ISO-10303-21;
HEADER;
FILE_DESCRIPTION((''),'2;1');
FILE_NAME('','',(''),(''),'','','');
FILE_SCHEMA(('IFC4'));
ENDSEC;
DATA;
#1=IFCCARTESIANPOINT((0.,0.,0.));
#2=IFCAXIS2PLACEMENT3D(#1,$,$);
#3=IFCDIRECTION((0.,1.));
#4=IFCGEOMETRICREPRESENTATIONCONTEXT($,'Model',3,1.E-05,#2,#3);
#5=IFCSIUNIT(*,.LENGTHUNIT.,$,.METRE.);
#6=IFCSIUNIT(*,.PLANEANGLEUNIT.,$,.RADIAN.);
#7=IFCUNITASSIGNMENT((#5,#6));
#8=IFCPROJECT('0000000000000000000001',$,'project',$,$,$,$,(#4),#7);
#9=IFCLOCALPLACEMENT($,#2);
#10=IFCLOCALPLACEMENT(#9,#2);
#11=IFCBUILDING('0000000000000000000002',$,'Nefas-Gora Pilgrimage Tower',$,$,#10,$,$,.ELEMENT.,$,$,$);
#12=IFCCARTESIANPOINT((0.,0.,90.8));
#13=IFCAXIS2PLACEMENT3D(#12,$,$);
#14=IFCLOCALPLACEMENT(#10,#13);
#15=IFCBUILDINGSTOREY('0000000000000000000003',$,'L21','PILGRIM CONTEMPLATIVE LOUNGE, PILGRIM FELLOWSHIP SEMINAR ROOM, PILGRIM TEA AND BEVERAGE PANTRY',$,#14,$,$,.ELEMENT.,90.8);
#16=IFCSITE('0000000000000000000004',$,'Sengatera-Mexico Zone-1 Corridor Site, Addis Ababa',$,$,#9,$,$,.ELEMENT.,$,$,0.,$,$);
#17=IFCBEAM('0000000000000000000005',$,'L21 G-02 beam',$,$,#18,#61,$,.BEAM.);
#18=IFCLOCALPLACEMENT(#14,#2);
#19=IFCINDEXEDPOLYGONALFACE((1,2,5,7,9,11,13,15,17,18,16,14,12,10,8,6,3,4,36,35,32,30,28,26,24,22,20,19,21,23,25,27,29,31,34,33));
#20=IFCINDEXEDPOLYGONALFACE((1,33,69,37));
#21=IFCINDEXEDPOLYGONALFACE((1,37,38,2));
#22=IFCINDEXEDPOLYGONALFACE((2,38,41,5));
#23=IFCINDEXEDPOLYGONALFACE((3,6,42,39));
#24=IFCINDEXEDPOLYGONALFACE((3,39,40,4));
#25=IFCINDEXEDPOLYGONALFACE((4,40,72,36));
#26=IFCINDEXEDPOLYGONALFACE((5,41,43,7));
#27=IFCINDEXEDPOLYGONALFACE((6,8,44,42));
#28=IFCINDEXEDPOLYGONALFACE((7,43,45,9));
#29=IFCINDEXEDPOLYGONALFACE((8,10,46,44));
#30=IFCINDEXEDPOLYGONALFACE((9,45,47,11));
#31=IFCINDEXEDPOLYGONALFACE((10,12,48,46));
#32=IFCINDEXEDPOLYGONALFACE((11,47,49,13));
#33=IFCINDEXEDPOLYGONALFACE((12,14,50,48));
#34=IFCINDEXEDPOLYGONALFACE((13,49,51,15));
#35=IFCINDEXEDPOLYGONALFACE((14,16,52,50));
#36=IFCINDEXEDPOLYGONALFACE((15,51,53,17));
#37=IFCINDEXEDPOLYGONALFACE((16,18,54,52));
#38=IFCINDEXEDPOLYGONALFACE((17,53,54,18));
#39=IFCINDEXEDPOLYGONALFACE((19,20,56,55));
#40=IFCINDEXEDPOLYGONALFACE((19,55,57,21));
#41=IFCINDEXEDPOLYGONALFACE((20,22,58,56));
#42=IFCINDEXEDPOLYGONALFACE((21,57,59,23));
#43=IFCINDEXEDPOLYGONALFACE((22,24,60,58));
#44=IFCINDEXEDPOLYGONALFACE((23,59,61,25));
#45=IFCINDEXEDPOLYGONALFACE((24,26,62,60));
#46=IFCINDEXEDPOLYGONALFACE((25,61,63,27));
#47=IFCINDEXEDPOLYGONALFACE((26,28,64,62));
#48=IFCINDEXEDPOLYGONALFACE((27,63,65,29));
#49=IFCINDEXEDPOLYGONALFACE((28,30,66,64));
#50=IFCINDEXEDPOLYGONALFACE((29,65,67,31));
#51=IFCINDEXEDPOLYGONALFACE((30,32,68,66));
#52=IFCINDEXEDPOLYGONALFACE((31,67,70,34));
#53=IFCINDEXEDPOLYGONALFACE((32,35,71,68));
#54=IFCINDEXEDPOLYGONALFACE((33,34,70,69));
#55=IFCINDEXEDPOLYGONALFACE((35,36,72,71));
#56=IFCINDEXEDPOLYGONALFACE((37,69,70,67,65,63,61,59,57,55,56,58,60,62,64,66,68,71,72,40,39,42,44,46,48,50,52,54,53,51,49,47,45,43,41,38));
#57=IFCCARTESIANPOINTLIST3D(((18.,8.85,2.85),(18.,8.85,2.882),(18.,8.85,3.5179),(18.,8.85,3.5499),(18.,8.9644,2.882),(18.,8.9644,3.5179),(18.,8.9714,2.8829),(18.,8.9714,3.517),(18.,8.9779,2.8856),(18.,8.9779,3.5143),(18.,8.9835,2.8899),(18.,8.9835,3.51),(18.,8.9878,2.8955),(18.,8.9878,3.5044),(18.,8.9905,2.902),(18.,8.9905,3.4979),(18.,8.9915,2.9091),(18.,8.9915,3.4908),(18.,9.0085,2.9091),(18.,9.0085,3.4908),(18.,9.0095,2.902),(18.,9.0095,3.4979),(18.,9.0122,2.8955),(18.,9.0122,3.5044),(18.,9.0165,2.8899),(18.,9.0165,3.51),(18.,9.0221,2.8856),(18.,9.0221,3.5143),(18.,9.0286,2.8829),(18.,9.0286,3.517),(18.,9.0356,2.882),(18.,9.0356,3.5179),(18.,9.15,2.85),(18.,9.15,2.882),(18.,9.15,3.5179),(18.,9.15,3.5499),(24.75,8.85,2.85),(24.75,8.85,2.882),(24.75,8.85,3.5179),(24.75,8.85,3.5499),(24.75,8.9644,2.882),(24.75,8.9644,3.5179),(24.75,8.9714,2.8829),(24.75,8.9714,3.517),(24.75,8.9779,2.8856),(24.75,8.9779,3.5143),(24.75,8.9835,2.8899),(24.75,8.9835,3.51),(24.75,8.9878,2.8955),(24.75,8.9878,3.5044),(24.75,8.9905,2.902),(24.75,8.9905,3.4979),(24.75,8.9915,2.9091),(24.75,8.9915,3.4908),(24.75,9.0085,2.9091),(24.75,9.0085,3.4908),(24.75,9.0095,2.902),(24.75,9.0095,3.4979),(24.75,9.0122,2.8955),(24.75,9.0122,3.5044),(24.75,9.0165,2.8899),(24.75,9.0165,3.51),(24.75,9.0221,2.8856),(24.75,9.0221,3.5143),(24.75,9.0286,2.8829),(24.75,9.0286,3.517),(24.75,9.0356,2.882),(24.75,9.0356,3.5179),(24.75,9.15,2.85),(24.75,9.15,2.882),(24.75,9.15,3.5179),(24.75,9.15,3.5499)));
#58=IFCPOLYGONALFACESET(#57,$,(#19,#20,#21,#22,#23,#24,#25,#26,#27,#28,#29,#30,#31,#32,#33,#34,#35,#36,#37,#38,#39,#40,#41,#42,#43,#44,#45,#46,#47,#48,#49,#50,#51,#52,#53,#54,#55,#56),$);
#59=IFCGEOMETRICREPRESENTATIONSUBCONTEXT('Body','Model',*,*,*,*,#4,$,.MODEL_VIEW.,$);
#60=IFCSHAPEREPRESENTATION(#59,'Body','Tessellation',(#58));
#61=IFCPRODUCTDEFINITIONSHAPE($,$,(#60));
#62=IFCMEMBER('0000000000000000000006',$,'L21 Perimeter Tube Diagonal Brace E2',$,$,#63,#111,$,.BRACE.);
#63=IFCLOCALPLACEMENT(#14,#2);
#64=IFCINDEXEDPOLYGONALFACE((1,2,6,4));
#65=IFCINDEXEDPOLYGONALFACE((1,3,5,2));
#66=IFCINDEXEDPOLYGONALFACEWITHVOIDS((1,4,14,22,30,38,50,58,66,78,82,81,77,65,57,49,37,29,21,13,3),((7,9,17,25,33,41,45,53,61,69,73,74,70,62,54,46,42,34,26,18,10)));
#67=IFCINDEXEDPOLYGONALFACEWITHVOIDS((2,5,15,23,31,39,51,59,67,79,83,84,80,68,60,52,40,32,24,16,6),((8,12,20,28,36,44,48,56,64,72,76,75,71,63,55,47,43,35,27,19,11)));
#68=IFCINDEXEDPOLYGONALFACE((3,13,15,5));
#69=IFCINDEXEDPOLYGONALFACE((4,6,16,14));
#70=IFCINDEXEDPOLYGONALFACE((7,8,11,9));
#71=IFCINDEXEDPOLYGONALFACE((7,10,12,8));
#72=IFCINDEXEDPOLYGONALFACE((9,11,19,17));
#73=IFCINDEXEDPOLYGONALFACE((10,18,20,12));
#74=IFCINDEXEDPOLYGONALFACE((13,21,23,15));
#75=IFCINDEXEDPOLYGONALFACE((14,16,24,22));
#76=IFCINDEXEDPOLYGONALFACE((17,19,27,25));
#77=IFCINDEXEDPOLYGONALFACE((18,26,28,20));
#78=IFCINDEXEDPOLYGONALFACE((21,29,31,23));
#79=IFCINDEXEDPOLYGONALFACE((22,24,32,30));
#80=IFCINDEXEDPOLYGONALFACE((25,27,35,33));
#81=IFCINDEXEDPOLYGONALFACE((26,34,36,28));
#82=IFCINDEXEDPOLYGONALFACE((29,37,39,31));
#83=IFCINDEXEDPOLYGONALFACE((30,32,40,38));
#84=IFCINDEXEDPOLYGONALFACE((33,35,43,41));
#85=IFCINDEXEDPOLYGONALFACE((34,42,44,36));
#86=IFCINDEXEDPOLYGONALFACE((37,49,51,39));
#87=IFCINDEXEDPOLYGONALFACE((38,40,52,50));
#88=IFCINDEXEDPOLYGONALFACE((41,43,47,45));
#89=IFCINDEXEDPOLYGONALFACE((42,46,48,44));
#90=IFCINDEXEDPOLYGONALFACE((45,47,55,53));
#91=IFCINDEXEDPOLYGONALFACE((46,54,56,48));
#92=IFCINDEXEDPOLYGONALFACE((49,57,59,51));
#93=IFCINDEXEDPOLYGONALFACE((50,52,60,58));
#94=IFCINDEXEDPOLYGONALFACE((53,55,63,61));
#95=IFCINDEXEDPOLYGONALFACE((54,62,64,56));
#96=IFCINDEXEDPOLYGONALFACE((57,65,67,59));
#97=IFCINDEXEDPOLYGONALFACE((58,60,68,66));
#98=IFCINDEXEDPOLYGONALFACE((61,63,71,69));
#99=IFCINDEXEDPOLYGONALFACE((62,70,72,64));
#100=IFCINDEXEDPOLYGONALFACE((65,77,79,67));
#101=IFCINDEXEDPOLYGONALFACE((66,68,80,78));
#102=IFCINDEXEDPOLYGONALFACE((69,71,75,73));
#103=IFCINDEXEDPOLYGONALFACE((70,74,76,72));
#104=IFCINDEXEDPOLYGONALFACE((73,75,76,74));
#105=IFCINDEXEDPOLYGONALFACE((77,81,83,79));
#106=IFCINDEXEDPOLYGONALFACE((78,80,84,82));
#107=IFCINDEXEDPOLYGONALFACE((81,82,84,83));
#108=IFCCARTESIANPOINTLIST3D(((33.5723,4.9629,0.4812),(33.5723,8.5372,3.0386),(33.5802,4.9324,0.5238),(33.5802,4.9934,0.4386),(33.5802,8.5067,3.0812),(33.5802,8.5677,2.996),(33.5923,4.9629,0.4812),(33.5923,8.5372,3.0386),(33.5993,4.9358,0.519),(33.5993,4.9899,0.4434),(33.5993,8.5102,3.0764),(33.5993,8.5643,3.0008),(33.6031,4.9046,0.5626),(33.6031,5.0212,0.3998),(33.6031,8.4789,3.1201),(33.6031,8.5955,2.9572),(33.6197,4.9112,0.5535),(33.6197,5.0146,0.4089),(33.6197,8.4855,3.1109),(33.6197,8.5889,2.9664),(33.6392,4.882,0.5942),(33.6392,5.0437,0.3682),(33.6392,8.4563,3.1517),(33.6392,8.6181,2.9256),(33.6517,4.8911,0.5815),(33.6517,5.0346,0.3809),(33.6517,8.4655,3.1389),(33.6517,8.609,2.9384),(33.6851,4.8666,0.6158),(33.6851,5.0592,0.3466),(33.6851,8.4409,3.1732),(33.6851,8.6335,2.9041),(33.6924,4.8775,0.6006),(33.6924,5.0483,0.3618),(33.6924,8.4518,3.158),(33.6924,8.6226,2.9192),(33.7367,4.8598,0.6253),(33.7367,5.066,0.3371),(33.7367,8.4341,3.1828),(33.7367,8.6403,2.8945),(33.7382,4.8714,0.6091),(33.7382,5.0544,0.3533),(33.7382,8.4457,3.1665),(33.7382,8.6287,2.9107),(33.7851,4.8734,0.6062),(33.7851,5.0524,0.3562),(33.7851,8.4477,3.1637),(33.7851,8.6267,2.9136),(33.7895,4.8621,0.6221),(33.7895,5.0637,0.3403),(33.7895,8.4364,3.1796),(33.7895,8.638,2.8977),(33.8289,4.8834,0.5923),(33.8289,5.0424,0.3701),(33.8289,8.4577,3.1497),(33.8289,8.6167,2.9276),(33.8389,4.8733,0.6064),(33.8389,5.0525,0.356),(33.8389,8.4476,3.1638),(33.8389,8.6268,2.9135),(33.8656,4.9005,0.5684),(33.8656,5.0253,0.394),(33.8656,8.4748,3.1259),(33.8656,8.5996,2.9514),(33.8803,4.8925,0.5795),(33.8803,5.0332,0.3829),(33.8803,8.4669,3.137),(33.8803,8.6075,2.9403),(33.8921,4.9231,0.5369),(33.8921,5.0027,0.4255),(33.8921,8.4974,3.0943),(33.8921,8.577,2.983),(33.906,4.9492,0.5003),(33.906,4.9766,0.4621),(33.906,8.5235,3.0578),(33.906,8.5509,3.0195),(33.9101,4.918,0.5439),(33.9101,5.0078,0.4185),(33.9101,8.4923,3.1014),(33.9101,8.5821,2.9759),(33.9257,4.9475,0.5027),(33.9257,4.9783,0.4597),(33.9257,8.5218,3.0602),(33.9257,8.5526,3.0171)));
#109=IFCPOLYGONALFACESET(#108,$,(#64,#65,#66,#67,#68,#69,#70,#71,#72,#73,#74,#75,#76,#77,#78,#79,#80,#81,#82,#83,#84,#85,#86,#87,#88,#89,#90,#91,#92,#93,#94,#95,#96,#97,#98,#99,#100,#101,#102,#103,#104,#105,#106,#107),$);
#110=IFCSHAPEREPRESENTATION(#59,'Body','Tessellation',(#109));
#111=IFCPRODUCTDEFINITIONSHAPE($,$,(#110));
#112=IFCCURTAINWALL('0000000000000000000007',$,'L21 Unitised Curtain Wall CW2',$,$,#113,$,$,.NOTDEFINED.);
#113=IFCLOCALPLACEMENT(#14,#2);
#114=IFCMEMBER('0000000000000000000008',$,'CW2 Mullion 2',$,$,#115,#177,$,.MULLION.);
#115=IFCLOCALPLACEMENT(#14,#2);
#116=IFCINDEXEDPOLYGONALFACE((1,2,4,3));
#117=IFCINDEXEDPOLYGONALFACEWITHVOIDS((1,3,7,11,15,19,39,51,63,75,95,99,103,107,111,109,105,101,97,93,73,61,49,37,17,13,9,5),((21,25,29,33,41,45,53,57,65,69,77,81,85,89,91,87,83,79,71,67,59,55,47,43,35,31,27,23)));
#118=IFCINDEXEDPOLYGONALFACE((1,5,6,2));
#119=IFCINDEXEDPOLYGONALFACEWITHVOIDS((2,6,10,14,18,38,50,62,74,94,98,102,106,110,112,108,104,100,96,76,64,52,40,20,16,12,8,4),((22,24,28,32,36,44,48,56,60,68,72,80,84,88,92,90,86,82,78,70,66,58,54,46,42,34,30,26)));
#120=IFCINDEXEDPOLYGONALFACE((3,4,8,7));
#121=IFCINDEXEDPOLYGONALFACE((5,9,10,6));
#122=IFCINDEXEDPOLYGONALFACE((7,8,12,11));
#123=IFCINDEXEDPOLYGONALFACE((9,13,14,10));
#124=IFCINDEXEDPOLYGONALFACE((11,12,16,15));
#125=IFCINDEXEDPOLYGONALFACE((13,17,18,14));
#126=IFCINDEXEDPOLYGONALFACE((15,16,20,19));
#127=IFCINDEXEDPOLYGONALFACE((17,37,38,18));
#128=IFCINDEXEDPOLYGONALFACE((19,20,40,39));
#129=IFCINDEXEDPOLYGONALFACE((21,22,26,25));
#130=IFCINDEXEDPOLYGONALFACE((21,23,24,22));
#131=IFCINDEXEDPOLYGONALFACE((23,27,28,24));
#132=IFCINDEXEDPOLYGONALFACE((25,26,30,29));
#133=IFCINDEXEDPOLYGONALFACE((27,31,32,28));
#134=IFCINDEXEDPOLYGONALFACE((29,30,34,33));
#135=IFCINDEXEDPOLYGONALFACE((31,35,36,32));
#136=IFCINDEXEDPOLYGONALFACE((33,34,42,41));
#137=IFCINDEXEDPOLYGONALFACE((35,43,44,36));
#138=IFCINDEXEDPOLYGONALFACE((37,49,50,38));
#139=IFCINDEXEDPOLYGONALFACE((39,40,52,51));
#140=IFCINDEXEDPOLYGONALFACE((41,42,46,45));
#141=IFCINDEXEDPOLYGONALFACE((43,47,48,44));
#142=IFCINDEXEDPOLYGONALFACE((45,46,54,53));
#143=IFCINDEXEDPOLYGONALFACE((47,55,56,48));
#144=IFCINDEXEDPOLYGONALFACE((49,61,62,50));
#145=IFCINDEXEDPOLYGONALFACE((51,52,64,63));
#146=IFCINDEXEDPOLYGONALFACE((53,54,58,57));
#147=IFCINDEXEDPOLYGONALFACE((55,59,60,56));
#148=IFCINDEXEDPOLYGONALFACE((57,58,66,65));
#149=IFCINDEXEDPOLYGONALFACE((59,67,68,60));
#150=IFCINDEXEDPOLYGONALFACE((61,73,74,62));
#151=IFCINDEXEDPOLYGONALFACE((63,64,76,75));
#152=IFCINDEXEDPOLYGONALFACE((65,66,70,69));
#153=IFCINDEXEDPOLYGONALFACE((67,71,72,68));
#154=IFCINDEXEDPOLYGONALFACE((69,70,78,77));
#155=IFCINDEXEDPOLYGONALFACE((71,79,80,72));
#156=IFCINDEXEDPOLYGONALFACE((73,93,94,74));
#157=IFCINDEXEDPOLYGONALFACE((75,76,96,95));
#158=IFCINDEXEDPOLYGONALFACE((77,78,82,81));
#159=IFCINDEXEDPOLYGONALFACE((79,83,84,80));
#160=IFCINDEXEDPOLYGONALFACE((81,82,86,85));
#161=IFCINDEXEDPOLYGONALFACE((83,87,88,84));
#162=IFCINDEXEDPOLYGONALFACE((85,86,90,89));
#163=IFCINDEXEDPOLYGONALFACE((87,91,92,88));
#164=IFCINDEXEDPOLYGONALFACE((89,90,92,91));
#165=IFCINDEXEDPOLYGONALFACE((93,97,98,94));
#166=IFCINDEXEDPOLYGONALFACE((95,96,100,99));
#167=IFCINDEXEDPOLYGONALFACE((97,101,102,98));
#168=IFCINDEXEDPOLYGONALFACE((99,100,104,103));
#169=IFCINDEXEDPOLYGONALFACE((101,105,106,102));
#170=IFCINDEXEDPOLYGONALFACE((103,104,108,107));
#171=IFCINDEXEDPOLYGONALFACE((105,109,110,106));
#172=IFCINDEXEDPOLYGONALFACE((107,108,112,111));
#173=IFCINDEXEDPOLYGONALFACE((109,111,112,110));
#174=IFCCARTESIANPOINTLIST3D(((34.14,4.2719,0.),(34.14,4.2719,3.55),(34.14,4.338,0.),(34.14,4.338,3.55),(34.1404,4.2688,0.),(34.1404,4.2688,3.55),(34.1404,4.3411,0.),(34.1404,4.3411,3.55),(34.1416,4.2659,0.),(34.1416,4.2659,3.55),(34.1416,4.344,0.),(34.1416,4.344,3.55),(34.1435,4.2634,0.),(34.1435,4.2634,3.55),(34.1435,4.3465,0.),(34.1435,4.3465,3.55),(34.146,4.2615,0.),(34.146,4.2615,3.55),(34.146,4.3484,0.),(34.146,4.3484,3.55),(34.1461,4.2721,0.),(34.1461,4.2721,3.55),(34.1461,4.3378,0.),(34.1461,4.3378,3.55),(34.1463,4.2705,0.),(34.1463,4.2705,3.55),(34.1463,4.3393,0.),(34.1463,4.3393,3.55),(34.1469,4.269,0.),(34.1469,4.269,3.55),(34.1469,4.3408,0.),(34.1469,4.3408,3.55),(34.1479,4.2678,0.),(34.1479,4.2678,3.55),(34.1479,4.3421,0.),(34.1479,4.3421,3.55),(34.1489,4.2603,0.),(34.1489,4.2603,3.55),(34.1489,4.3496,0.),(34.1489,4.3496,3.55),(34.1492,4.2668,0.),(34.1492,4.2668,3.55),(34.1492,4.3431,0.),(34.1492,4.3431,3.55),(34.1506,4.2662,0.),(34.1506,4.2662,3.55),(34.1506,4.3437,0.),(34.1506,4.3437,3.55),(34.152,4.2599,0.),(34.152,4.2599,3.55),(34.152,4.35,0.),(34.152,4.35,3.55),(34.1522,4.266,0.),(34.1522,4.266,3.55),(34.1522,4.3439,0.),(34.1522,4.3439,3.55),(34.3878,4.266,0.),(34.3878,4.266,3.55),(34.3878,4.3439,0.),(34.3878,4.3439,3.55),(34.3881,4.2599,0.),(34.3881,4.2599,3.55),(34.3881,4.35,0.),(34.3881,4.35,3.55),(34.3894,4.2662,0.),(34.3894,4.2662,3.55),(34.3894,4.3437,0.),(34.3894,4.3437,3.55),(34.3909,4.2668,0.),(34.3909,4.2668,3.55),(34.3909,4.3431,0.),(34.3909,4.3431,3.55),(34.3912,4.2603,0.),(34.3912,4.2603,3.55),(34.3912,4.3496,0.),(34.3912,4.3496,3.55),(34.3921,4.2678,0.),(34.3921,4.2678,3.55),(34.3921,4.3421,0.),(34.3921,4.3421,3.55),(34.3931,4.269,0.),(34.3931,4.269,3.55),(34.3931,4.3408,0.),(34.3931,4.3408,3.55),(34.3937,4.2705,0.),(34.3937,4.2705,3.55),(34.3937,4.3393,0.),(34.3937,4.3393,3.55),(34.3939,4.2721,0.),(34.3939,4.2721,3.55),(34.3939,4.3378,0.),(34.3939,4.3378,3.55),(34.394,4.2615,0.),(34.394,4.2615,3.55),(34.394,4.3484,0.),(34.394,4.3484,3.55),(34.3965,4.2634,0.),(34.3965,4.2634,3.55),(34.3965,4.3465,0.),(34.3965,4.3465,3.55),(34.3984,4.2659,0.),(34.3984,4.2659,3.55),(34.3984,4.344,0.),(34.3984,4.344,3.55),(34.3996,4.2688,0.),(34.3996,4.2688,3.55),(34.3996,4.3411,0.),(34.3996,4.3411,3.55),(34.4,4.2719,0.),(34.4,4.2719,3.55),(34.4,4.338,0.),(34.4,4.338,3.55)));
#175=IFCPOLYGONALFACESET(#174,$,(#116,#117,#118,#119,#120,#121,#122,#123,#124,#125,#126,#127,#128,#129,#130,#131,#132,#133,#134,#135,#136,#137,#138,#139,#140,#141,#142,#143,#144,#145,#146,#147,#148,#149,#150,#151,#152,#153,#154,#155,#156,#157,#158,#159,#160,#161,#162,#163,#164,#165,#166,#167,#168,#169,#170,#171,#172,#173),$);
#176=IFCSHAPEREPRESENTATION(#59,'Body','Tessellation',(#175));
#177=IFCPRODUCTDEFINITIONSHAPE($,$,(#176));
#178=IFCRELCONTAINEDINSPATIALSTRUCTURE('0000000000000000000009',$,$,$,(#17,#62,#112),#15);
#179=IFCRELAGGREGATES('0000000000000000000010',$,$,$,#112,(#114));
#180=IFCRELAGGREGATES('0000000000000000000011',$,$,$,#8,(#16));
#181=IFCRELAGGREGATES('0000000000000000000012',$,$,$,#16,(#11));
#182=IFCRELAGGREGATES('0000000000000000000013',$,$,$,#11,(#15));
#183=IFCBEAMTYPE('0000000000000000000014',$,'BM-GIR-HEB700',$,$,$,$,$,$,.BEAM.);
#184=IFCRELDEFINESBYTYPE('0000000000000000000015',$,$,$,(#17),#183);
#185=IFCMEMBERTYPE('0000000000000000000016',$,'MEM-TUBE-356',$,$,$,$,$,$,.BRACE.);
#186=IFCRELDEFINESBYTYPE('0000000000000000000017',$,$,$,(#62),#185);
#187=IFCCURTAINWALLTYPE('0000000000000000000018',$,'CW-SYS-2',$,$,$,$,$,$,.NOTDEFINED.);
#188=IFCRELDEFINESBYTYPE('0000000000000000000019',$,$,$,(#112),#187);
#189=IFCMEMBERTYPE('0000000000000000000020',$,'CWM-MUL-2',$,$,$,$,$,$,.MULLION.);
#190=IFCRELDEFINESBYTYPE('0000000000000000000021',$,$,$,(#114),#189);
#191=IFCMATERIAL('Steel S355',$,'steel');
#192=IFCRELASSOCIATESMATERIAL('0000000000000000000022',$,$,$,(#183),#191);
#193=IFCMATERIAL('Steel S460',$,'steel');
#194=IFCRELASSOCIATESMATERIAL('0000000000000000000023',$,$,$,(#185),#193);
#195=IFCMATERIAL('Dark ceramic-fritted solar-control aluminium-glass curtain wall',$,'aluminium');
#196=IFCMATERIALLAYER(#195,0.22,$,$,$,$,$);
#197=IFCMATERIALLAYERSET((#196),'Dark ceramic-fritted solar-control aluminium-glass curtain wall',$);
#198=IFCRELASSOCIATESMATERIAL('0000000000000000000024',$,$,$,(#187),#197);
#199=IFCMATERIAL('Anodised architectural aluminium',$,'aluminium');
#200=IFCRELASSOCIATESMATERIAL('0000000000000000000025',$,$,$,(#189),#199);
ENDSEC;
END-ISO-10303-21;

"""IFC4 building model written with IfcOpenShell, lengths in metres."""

from ifc_helpers import new_model, si_unit, direction, frame, origin, origin_2d, place, context, subcontext, project, spatial, hollow_rectangle, hollow_circle, i_section, extrude, source, transform, mapped, material, layer, layer_set, material_profile, profile_set, type_object, element, aggregate, save


model = new_model("IFC4")

# Units and contexts
model_context = context("Model", 3, precision=1e-05, world=origin(), true_north=direction((0.0, 1.0)))
body_context = subcontext(model_context, "Body", "Model", "MODEL_VIEW")
ifc_project = project(units=[si_unit("LENGTHUNIT", "METRE"), si_unit("PLANEANGLEUNIT", "RADIAN")], contexts=[model_context])

# Site, building, storey
site_placement = place(None, origin())
site = spatial("IfcSite", under=ifc_project, at=site_placement, Name="Sengatera-Mexico Zone-1 Corridor Site, Addis Ababa", CompositionType="ELEMENT", RefElevation=0.0)
building_placement = place(site_placement, origin())
building = spatial("IfcBuilding", under=site, at=building_placement, Name="Nefas-Gora Pilgrimage Tower", CompositionType="ELEMENT")
storey_placement = place(building_placement, frame((0.0, 0.0, 90.8)))
storey = spatial("IfcBuildingStorey", under=building, at=storey_placement, Name="L21", Description="PILGRIM CONTEMPLATIVE LOUNGE, PILGRIM FELLOWSHIP SEMINAR ROOM, PILGRIM TEA AND BEVERAGE PANTRY", CompositionType="ELEMENT", Elevation=90.8)

# Shared definitions
ifc_material_1 = material(Name="Steel S460", Category="steel")

# Beam
ifc_material_2 = material(Name="Steel S355", Category="steel")
ifc_material_profile_1 = material_profile(ifc_material_2, i_section(OverallWidth=0.3, OverallDepth=0.7, WebThickness=0.0171, FlangeThickness=0.032, FilletRadius=0.0271, at=origin_2d()), Name="HEB 700")
ifc_profile_set_1 = profile_set([ifc_material_profile_1], Name="Steel S355")
beam_type_1 = type_object("IfcBeamType", Name="BM-GIR-HEB700", PredefinedType="BEAM", material=ifc_profile_set_1)
shared_shape_1 = source(origin(), body_context, "Body", "SweptSolid", [
    extrude(i_section(OverallWidth=0.3, OverallDepth=0.7, WebThickness=0.0171, FlangeThickness=0.032, FilletRadius=0.0271, at=origin_2d()), origin(), (0.0, 0.0, 1.0), 6.75),
])
for number, where, z_axis, x_axis, name in (
    (1, (18.0, 9.0, 3.2), (1.0, 0.0, 0.0), (0.0, 1.0, 0.0), "L21 G-02 beam"),
):
    element("IfcBeam", number, at=place(storey_placement, frame(where, z_axis=z_axis, x_axis=x_axis)), inside=storey, type_object=beam_type_1, Name=name, PredefinedType="BEAM", context=body_context, shape_type="MappedRepresentation", body=[
        mapped(shared_shape_1, transform((0.0, 0.0, 0.0), x_axis=(1.0, 0.0, 0.0), y_axis=(0.0, 1.0, 0.0), z_axis=(0.0, 0.0, 1.0), scale=1.0)),
    ])

# Member
ifc_material_profile_2 = material_profile(ifc_material_1, hollow_circle(Radius=0.1777, WallThickness=0.02, at=origin_2d()), Name="CHS 355.6x20")
ifc_profile_set_2 = profile_set([ifc_material_profile_2], Name="Steel S460")
member_type_1 = type_object("IfcMemberType", Name="MEM-TUBE-356", PredefinedType="BRACE", material=ifc_profile_set_2)
shared_shape_2 = source(origin(), body_context, "Body", "SweptSolid", [
    extrude(hollow_circle(Radius=0.1777, WallThickness=0.02, at=origin_2d()), origin(), (0.0, 0.0, 1.0), 4.395),
])
member_1_placement = place(storey_placement, frame((33.75, 4.9629, 0.4812), z_axis=(0.0, 0.813264, 0.581895), x_axis=(-1.0, 0.0, 0.0)))
element("IfcMember", 2, at=member_1_placement, inside=storey, type_object=member_type_1, Name="L21 Perimeter Tube Diagonal Brace E2", PredefinedType="BRACE", context=body_context, shape_type="MappedRepresentation", body=[
    mapped(shared_shape_2, transform((0.0, 0.0, 0.0), x_axis=(1.0, 0.0, 0.0), y_axis=(0.0, 1.0, 0.0), z_axis=(0.0, 0.0, 1.0), scale=1.0)),
])

# Curtain wall, member
ifc_material_3 = material(Name="Dark ceramic-fritted solar-control aluminium-glass curtain wall", Category="aluminium")
ifc_layer_1 = layer(ifc_material_3, 0.22)
ifc_layer_set_1 = layer_set([ifc_layer_1], Name="Dark ceramic-fritted solar-control aluminium-glass curtain wall")
curtain_wall_type = type_object("IfcCurtainWallType", Name="CW-SYS-2", PredefinedType="NOTDEFINED", material=ifc_layer_set_1)
curtain_wall_placement = place(storey_placement, origin())
curtain_wall = element("IfcCurtainWall", 3, at=curtain_wall_placement, inside=storey, type_object=curtain_wall_type, Name="L21 Unitised Curtain Wall CW2", PredefinedType="NOTDEFINED")
ifc_material_4 = material(Name="Anodised architectural aluminium", Category="aluminium")
ifc_material_profile_3 = material_profile(ifc_material_4, hollow_rectangle(XDim=0.0901, YDim=0.26, WallThickness=0.0061, InnerFilletRadius=0.0061, OuterFilletRadius=0.012, at=origin_2d()), Name="ALU MULLION 90x260")
ifc_profile_set_3 = profile_set([ifc_material_profile_3], Name="Anodised architectural aluminium")
member_type_2 = type_object("IfcMemberType", Name="CWM-MUL-2", PredefinedType="MULLION", material=ifc_profile_set_3)
shared_shape_3 = source(origin(), body_context, "Body", "SweptSolid", [
    extrude(hollow_rectangle(XDim=0.0901, YDim=0.26, WallThickness=0.0061, InnerFilletRadius=0.0061, OuterFilletRadius=0.012, at=origin_2d()), origin(), (0.0, 0.0, 1.0), 3.55),
])
member_2_placement = place(storey_placement, frame((34.27, 4.3049, 0.0), z_axis=(0.0, 0.0, 1.0), x_axis=(0.0, 1.0, 0.0)))
member_2 = element("IfcMember", 4, at=member_2_placement, type_object=member_type_2, Name="CW2 Mullion 2", PredefinedType="MULLION", context=body_context, shape_type="MappedRepresentation", body=[
    mapped(shared_shape_3, transform((0.0, 0.0, 0.0), x_axis=(1.0, 0.0, 0.0), y_axis=(0.0, 1.0, 0.0), z_axis=(0.0, 0.0, 1.0), scale=1.0)),
])

aggregate(curtain_wall, [member_2])

save(model, "model.ifc")
